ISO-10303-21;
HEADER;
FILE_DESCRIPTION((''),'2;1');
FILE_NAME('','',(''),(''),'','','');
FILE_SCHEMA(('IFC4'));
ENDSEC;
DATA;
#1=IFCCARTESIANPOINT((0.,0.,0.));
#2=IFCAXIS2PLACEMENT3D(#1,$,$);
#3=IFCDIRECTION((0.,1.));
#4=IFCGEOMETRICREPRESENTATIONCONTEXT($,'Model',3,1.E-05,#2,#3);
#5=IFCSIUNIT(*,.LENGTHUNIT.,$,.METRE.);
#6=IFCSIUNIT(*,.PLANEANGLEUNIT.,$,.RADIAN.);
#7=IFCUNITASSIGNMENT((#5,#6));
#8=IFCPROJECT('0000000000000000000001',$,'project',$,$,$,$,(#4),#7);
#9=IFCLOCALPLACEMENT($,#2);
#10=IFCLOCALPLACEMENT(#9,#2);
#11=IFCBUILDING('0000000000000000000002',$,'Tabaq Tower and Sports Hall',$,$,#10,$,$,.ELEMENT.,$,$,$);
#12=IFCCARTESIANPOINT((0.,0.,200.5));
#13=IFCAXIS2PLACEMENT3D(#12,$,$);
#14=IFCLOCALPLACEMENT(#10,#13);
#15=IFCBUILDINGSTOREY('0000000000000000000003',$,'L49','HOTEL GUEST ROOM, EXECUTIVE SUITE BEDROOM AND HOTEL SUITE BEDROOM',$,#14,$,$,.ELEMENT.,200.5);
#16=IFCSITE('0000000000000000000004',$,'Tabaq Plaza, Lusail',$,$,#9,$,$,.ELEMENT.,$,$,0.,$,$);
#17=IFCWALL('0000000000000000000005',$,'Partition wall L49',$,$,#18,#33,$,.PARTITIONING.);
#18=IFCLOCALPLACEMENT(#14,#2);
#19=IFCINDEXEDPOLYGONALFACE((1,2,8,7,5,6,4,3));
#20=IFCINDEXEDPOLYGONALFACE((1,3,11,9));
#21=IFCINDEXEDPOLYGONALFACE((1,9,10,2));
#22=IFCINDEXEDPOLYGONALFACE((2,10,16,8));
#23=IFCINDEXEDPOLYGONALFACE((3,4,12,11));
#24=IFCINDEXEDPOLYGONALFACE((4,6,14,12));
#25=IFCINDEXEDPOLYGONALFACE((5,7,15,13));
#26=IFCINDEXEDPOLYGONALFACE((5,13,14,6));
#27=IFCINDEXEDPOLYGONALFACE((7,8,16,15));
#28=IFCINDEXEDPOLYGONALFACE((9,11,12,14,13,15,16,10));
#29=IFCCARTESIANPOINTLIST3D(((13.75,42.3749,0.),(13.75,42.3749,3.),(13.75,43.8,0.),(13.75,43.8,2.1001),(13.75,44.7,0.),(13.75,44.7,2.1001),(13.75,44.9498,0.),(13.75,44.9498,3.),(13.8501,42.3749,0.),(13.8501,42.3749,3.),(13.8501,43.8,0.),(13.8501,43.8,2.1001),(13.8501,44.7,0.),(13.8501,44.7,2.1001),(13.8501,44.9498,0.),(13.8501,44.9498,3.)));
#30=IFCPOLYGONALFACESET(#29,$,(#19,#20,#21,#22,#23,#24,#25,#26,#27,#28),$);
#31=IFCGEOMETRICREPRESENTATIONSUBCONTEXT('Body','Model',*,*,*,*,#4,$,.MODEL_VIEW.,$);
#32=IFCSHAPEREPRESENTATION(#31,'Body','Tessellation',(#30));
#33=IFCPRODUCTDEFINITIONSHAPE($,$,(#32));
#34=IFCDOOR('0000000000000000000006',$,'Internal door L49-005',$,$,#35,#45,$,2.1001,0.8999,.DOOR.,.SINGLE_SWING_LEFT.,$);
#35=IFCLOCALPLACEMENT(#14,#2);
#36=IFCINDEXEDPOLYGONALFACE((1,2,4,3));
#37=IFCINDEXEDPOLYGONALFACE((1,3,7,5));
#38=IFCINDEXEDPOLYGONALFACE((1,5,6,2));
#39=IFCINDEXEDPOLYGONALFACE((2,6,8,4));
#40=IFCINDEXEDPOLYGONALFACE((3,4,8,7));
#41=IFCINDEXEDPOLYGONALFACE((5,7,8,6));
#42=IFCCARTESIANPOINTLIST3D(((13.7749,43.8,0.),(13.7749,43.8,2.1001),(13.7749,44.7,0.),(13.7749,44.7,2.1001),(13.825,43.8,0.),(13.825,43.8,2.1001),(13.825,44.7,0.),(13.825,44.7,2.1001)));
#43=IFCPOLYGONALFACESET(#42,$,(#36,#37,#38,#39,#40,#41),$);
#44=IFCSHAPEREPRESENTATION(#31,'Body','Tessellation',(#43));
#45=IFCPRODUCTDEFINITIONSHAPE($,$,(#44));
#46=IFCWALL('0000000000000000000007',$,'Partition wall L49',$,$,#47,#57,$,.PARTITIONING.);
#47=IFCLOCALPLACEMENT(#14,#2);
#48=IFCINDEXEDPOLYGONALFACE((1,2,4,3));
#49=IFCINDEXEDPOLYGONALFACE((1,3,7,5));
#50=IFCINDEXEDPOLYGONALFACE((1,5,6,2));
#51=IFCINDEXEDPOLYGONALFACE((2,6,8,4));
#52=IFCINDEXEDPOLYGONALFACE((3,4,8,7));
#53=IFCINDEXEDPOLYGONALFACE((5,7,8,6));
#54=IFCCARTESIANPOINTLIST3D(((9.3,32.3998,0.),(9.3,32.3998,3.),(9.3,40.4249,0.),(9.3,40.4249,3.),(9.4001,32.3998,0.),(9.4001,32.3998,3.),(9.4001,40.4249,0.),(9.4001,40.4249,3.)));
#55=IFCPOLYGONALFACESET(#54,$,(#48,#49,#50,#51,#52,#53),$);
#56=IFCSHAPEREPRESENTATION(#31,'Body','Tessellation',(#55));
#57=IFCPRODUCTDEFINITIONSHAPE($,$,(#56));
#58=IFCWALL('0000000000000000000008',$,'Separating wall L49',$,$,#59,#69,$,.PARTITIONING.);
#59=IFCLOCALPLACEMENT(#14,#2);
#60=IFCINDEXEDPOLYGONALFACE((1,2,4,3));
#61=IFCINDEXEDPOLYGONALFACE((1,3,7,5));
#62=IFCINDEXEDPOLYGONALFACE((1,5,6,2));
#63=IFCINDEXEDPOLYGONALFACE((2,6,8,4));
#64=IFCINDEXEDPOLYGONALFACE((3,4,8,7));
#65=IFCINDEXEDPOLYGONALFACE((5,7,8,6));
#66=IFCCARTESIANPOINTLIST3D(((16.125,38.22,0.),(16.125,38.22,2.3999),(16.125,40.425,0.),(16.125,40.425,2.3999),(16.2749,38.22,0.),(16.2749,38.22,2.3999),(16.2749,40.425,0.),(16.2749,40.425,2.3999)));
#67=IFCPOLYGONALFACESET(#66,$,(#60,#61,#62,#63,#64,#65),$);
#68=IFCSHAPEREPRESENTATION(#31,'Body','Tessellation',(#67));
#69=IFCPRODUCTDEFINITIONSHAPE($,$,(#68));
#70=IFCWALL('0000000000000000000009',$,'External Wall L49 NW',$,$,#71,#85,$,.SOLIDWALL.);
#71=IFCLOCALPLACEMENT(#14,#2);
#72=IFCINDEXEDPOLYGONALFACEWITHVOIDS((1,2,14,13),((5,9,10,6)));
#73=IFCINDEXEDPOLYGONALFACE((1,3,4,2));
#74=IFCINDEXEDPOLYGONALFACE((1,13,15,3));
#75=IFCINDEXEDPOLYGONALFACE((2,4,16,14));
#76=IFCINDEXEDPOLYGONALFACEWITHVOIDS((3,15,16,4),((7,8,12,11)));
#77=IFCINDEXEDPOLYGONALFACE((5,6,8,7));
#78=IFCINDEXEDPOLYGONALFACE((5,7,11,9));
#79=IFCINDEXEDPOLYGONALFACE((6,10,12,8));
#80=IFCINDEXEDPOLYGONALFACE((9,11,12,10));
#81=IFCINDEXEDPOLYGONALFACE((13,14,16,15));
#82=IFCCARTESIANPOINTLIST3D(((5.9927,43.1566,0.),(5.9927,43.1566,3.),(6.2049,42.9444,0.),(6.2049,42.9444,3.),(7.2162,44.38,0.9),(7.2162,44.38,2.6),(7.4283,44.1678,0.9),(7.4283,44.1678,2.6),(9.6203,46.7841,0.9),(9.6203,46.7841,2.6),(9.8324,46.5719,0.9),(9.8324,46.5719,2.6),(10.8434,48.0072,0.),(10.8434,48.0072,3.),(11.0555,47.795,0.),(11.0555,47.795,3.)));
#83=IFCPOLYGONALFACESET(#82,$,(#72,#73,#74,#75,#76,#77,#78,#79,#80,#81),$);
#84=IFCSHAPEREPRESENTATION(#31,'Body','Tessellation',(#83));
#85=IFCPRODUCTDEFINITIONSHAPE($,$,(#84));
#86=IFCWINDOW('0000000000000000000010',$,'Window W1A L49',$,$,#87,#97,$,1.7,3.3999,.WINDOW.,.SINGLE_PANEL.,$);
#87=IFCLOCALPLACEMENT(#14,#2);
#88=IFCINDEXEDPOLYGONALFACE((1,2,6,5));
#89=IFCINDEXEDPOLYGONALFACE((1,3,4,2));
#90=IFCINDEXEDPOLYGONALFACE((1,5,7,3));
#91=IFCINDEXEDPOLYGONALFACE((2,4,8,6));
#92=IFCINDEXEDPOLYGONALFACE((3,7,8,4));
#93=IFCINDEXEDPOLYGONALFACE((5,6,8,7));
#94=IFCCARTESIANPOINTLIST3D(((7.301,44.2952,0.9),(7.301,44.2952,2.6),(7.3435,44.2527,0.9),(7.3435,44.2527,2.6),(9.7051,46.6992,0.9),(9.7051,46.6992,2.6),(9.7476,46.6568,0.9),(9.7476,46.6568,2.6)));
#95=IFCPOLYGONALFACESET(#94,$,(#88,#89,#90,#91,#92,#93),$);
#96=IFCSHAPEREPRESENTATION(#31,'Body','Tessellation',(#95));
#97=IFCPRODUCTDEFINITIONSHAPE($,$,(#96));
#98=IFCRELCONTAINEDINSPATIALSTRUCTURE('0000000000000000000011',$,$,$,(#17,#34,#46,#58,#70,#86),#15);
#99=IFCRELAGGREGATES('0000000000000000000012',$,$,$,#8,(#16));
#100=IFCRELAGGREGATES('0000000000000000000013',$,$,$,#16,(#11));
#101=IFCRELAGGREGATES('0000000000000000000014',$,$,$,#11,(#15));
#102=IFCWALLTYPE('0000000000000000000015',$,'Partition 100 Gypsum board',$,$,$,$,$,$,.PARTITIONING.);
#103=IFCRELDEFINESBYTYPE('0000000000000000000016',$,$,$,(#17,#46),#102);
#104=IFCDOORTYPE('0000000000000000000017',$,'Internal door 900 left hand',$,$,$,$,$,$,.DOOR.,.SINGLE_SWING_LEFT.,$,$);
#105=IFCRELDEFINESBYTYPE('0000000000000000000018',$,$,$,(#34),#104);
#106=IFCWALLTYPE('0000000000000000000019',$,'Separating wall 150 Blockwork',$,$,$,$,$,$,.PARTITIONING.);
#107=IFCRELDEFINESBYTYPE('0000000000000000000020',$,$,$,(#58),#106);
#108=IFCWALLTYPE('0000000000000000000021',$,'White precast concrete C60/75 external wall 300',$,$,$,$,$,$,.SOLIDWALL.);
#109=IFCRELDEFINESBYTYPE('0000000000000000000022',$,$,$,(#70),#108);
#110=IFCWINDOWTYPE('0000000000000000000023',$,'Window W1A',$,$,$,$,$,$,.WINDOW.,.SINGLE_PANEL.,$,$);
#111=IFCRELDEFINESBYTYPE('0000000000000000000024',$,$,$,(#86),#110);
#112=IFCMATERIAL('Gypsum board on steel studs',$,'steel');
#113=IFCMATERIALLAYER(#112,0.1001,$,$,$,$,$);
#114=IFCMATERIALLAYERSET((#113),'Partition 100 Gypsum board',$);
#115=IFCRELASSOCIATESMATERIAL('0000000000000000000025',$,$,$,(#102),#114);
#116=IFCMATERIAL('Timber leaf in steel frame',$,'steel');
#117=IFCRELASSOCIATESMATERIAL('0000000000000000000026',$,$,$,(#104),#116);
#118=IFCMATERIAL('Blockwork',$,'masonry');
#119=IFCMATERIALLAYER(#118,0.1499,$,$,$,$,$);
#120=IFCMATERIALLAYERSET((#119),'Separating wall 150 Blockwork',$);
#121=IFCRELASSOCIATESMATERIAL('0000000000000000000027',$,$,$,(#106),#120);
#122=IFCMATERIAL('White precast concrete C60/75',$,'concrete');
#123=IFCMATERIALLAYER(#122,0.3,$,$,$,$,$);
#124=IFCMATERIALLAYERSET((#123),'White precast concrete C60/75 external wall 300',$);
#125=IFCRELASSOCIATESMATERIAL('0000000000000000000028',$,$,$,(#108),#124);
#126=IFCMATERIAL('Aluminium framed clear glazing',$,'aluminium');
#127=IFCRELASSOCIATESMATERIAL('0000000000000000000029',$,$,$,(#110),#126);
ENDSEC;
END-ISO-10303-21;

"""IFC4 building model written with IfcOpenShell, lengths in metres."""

from ifc_helpers import new_model, si_unit, direction, frame, frame_2d, origin, place, context, subcontext, project, spatial, rectangle, extrude, material, layer, layer_set, type_object, element, fill, save


model = new_model("IFC4")

# Units and contexts
model_context = context("Model", 3, precision=1e-05, world=origin(), true_north=direction((0.0, 1.0)))
body_context = subcontext(model_context, "Body", "Model", "MODEL_VIEW")
ifc_project = project(units=[si_unit("LENGTHUNIT", "METRE"), si_unit("PLANEANGLEUNIT", "RADIAN")], contexts=[model_context])

# Site, building, storey
site_placement = place(None, origin())
site = spatial("IfcSite", under=ifc_project, at=site_placement, Name="Tabaq Plaza, Lusail", CompositionType="ELEMENT", RefElevation=0.0)
building_placement = place(site_placement, origin())
building = spatial("IfcBuilding", under=site, at=building_placement, Name="Tabaq Tower and Sports Hall", CompositionType="ELEMENT")
storey_placement = place(building_placement, frame((0.0, 0.0, 200.5)))
storey = spatial("IfcBuildingStorey", under=building, at=storey_placement, Name="L49", Description="HOTEL GUEST ROOM, EXECUTIVE SUITE BEDROOM AND HOTEL SUITE BEDROOM", CompositionType="ELEMENT", Elevation=200.5)

# Shared definitions
ifc_material_1 = material(Name="Gypsum board on steel studs", Category="steel")
ifc_layer_1 = layer(ifc_material_1, 0.1001)
ifc_layer_set_1 = layer_set([ifc_layer_1], Name="Partition 100 Gypsum board")
wall_type_1 = type_object("IfcWallType", Name="Partition 100 Gypsum board", PredefinedType="PARTITIONING", material=ifc_layer_set_1)

# Wall, opening, door
wall_1_placement = place(storey_placement, frame((13.8, 44.95, 0.0), z_axis=(0.0, 0.0, 1.0), x_axis=(0.0, -1.0, 0.0)))
wall_1 = element("IfcWall", 1, at=wall_1_placement, inside=storey, type_object=wall_type_1, Name="Partition wall L49", PredefinedType="PARTITIONING", context=body_context, shape_type="SweptSolid", body=[
    extrude(rectangle(XDim=2.575, YDim=0.1001, at=frame_2d((1.2876, 0.0))), origin(), (0.0, 0.0, 1.0), 3.0),
])
opening_1_placement = place(wall_1_placement, frame((0.25, 0.0, 0.0)))
opening_1 = element("IfcOpeningElement", 2, at=opening_1_placement, cuts=wall_1, PredefinedType="OPENING", context=body_context, shape_type="SweptSolid", body=[
    extrude(rectangle(XDim=0.8999, YDim=2.1001, at=frame_2d((0.45, 1.05))), frame((0.0, 0.05, 0.0), z_axis=(0.0, -1.0, 0.0), x_axis=(1.0, 0.0, 0.0)), (0.0, 0.0, 1.0), 0.1001),
])
ifc_material_2 = material(Name="Timber leaf in steel frame", Category="steel")
door_type_1 = type_object("IfcDoorType", Name="Internal door 900 left hand", OperationType="SINGLE_SWING_LEFT", PredefinedType="DOOR", material=ifc_material_2)
door_1_placement = place(opening_1_placement, origin())
door_1 = element("IfcDoor", 3, at=door_1_placement, inside=storey, type_object=door_type_1, Name="Internal door L49-005", OperationType="SINGLE_SWING_LEFT", OverallHeight=2.1001, OverallWidth=0.8999, PredefinedType="DOOR", context=body_context, shape_type="SweptSolid", body=[
    extrude(rectangle(XDim=0.8999, YDim=2.1001, at=frame_2d((0.45, 1.05))), frame((0.0, 0.0249, 0.0), z_axis=(0.0, -1.0, 0.0), x_axis=(1.0, 0.0, 0.0)), (0.0, 0.0, 1.0), 0.05),
])
fill(opening_1, door_1)

# Walls
wall_2_placement = place(storey_placement, frame((9.3501, 40.425, 0.0), z_axis=(0.0, 0.0, 1.0), x_axis=(0.0, -1.0, 0.0)))
element("IfcWall", 4, at=wall_2_placement, inside=storey, type_object=wall_type_1, Name="Partition wall L49", PredefinedType="PARTITIONING", context=body_context, shape_type="SweptSolid", body=[
    extrude(rectangle(XDim=8.0251, YDim=0.1001, at=frame_2d((4.0127, 0.0))), origin(), (0.0, 0.0, 1.0), 3.0),
])
ifc_material_3 = material(Name="Blockwork", Category="masonry")
ifc_layer_2 = layer(ifc_material_3, 0.1499)
ifc_layer_set_2 = layer_set([ifc_layer_2], Name="Separating wall 150 Blockwork")
wall_type_2 = type_object("IfcWallType", Name="Separating wall 150 Blockwork", PredefinedType="PARTITIONING", material=ifc_layer_set_2)
wall_3_placement = place(storey_placement, frame((16.2, 40.425, 0.0), z_axis=(0.0, 0.0, 1.0), x_axis=(0.0, -1.0, 0.0)))
element("IfcWall", 5, at=wall_3_placement, inside=storey, type_object=wall_type_2, Name="Separating wall L49", PredefinedType="PARTITIONING", context=body_context, shape_type="SweptSolid", body=[
    extrude(rectangle(XDim=2.2051, YDim=0.1499, at=frame_2d((1.1025, 0.0))), origin(), (0.0, 0.0, 1.0), 2.3999),
])

# Wall, opening, window
ifc_material_4 = material(Name="White precast concrete C60/75", Category="concrete")
ifc_layer_3 = layer(ifc_material_4, 0.3)
ifc_layer_set_3 = layer_set([ifc_layer_3], Name="White precast concrete C60/75 external wall 300")
wall_type_3 = type_object("IfcWallType", Name="White precast concrete C60/75 external wall 300", PredefinedType="SOLIDWALL", material=ifc_layer_set_3)
wall_4_placement = place(storey_placement, frame((10.9495, 47.9011, 0.0), z_axis=(0.0, 0.0, 1.0), x_axis=(-0.707107, -0.707107, 0.0)))
wall_4 = element("IfcWall", 6, at=wall_4_placement, inside=storey, type_object=wall_type_3, Name="External Wall L49 NW", PredefinedType="SOLIDWALL", context=body_context, shape_type="SweptSolid", body=[
    extrude(rectangle(XDim=6.8599, YDim=0.3, at=frame_2d((3.4299, 0.0))), origin(), (0.0, 0.0, 1.0), 3.0),
])
opening_2_placement = place(wall_4_placement, frame((1.7297, 0.0, 0.8999)))
opening_2 = element("IfcOpeningElement", 7, at=opening_2_placement, cuts=wall_4, PredefinedType="OPENING", context=body_context, shape_type="SweptSolid", body=[
    extrude(rectangle(XDim=3.3999, YDim=1.7, at=frame_2d((1.7, 0.8501))), frame((0.0, 0.1602, 0.0), z_axis=(0.0, -1.0, 0.0), x_axis=(1.0, 0.0, 0.0)), (0.0, 0.0, 1.0), 0.3201),
])
ifc_material_5 = material(Name="Aluminium framed clear glazing", Category="aluminium")
window_type_1 = type_object("IfcWindowType", Name="Window W1A", PartitioningType="SINGLE_PANEL", PredefinedType="WINDOW", material=ifc_material_5)
window_1_placement = place(opening_2_placement, origin())
window_1 = element("IfcWindow", 8, at=window_1_placement, inside=storey, type_object=window_type_1, Name="Window W1A L49", OverallHeight=1.7, OverallWidth=3.3999, PartitioningType="SINGLE_PANEL", PredefinedType="WINDOW", context=body_context, shape_type="SweptSolid", body=[
    extrude(rectangle(XDim=3.3999, YDim=1.7, at=frame_2d((1.7, 0.8501))), frame((0.0, 0.03, 0.0), z_axis=(0.0, -1.0, 0.0), x_axis=(1.0, 0.0, 0.0)), (0.0, 0.0, 1.0), 0.0601),
])
fill(opening_2, window_1)

save(model, "model.ifc")
